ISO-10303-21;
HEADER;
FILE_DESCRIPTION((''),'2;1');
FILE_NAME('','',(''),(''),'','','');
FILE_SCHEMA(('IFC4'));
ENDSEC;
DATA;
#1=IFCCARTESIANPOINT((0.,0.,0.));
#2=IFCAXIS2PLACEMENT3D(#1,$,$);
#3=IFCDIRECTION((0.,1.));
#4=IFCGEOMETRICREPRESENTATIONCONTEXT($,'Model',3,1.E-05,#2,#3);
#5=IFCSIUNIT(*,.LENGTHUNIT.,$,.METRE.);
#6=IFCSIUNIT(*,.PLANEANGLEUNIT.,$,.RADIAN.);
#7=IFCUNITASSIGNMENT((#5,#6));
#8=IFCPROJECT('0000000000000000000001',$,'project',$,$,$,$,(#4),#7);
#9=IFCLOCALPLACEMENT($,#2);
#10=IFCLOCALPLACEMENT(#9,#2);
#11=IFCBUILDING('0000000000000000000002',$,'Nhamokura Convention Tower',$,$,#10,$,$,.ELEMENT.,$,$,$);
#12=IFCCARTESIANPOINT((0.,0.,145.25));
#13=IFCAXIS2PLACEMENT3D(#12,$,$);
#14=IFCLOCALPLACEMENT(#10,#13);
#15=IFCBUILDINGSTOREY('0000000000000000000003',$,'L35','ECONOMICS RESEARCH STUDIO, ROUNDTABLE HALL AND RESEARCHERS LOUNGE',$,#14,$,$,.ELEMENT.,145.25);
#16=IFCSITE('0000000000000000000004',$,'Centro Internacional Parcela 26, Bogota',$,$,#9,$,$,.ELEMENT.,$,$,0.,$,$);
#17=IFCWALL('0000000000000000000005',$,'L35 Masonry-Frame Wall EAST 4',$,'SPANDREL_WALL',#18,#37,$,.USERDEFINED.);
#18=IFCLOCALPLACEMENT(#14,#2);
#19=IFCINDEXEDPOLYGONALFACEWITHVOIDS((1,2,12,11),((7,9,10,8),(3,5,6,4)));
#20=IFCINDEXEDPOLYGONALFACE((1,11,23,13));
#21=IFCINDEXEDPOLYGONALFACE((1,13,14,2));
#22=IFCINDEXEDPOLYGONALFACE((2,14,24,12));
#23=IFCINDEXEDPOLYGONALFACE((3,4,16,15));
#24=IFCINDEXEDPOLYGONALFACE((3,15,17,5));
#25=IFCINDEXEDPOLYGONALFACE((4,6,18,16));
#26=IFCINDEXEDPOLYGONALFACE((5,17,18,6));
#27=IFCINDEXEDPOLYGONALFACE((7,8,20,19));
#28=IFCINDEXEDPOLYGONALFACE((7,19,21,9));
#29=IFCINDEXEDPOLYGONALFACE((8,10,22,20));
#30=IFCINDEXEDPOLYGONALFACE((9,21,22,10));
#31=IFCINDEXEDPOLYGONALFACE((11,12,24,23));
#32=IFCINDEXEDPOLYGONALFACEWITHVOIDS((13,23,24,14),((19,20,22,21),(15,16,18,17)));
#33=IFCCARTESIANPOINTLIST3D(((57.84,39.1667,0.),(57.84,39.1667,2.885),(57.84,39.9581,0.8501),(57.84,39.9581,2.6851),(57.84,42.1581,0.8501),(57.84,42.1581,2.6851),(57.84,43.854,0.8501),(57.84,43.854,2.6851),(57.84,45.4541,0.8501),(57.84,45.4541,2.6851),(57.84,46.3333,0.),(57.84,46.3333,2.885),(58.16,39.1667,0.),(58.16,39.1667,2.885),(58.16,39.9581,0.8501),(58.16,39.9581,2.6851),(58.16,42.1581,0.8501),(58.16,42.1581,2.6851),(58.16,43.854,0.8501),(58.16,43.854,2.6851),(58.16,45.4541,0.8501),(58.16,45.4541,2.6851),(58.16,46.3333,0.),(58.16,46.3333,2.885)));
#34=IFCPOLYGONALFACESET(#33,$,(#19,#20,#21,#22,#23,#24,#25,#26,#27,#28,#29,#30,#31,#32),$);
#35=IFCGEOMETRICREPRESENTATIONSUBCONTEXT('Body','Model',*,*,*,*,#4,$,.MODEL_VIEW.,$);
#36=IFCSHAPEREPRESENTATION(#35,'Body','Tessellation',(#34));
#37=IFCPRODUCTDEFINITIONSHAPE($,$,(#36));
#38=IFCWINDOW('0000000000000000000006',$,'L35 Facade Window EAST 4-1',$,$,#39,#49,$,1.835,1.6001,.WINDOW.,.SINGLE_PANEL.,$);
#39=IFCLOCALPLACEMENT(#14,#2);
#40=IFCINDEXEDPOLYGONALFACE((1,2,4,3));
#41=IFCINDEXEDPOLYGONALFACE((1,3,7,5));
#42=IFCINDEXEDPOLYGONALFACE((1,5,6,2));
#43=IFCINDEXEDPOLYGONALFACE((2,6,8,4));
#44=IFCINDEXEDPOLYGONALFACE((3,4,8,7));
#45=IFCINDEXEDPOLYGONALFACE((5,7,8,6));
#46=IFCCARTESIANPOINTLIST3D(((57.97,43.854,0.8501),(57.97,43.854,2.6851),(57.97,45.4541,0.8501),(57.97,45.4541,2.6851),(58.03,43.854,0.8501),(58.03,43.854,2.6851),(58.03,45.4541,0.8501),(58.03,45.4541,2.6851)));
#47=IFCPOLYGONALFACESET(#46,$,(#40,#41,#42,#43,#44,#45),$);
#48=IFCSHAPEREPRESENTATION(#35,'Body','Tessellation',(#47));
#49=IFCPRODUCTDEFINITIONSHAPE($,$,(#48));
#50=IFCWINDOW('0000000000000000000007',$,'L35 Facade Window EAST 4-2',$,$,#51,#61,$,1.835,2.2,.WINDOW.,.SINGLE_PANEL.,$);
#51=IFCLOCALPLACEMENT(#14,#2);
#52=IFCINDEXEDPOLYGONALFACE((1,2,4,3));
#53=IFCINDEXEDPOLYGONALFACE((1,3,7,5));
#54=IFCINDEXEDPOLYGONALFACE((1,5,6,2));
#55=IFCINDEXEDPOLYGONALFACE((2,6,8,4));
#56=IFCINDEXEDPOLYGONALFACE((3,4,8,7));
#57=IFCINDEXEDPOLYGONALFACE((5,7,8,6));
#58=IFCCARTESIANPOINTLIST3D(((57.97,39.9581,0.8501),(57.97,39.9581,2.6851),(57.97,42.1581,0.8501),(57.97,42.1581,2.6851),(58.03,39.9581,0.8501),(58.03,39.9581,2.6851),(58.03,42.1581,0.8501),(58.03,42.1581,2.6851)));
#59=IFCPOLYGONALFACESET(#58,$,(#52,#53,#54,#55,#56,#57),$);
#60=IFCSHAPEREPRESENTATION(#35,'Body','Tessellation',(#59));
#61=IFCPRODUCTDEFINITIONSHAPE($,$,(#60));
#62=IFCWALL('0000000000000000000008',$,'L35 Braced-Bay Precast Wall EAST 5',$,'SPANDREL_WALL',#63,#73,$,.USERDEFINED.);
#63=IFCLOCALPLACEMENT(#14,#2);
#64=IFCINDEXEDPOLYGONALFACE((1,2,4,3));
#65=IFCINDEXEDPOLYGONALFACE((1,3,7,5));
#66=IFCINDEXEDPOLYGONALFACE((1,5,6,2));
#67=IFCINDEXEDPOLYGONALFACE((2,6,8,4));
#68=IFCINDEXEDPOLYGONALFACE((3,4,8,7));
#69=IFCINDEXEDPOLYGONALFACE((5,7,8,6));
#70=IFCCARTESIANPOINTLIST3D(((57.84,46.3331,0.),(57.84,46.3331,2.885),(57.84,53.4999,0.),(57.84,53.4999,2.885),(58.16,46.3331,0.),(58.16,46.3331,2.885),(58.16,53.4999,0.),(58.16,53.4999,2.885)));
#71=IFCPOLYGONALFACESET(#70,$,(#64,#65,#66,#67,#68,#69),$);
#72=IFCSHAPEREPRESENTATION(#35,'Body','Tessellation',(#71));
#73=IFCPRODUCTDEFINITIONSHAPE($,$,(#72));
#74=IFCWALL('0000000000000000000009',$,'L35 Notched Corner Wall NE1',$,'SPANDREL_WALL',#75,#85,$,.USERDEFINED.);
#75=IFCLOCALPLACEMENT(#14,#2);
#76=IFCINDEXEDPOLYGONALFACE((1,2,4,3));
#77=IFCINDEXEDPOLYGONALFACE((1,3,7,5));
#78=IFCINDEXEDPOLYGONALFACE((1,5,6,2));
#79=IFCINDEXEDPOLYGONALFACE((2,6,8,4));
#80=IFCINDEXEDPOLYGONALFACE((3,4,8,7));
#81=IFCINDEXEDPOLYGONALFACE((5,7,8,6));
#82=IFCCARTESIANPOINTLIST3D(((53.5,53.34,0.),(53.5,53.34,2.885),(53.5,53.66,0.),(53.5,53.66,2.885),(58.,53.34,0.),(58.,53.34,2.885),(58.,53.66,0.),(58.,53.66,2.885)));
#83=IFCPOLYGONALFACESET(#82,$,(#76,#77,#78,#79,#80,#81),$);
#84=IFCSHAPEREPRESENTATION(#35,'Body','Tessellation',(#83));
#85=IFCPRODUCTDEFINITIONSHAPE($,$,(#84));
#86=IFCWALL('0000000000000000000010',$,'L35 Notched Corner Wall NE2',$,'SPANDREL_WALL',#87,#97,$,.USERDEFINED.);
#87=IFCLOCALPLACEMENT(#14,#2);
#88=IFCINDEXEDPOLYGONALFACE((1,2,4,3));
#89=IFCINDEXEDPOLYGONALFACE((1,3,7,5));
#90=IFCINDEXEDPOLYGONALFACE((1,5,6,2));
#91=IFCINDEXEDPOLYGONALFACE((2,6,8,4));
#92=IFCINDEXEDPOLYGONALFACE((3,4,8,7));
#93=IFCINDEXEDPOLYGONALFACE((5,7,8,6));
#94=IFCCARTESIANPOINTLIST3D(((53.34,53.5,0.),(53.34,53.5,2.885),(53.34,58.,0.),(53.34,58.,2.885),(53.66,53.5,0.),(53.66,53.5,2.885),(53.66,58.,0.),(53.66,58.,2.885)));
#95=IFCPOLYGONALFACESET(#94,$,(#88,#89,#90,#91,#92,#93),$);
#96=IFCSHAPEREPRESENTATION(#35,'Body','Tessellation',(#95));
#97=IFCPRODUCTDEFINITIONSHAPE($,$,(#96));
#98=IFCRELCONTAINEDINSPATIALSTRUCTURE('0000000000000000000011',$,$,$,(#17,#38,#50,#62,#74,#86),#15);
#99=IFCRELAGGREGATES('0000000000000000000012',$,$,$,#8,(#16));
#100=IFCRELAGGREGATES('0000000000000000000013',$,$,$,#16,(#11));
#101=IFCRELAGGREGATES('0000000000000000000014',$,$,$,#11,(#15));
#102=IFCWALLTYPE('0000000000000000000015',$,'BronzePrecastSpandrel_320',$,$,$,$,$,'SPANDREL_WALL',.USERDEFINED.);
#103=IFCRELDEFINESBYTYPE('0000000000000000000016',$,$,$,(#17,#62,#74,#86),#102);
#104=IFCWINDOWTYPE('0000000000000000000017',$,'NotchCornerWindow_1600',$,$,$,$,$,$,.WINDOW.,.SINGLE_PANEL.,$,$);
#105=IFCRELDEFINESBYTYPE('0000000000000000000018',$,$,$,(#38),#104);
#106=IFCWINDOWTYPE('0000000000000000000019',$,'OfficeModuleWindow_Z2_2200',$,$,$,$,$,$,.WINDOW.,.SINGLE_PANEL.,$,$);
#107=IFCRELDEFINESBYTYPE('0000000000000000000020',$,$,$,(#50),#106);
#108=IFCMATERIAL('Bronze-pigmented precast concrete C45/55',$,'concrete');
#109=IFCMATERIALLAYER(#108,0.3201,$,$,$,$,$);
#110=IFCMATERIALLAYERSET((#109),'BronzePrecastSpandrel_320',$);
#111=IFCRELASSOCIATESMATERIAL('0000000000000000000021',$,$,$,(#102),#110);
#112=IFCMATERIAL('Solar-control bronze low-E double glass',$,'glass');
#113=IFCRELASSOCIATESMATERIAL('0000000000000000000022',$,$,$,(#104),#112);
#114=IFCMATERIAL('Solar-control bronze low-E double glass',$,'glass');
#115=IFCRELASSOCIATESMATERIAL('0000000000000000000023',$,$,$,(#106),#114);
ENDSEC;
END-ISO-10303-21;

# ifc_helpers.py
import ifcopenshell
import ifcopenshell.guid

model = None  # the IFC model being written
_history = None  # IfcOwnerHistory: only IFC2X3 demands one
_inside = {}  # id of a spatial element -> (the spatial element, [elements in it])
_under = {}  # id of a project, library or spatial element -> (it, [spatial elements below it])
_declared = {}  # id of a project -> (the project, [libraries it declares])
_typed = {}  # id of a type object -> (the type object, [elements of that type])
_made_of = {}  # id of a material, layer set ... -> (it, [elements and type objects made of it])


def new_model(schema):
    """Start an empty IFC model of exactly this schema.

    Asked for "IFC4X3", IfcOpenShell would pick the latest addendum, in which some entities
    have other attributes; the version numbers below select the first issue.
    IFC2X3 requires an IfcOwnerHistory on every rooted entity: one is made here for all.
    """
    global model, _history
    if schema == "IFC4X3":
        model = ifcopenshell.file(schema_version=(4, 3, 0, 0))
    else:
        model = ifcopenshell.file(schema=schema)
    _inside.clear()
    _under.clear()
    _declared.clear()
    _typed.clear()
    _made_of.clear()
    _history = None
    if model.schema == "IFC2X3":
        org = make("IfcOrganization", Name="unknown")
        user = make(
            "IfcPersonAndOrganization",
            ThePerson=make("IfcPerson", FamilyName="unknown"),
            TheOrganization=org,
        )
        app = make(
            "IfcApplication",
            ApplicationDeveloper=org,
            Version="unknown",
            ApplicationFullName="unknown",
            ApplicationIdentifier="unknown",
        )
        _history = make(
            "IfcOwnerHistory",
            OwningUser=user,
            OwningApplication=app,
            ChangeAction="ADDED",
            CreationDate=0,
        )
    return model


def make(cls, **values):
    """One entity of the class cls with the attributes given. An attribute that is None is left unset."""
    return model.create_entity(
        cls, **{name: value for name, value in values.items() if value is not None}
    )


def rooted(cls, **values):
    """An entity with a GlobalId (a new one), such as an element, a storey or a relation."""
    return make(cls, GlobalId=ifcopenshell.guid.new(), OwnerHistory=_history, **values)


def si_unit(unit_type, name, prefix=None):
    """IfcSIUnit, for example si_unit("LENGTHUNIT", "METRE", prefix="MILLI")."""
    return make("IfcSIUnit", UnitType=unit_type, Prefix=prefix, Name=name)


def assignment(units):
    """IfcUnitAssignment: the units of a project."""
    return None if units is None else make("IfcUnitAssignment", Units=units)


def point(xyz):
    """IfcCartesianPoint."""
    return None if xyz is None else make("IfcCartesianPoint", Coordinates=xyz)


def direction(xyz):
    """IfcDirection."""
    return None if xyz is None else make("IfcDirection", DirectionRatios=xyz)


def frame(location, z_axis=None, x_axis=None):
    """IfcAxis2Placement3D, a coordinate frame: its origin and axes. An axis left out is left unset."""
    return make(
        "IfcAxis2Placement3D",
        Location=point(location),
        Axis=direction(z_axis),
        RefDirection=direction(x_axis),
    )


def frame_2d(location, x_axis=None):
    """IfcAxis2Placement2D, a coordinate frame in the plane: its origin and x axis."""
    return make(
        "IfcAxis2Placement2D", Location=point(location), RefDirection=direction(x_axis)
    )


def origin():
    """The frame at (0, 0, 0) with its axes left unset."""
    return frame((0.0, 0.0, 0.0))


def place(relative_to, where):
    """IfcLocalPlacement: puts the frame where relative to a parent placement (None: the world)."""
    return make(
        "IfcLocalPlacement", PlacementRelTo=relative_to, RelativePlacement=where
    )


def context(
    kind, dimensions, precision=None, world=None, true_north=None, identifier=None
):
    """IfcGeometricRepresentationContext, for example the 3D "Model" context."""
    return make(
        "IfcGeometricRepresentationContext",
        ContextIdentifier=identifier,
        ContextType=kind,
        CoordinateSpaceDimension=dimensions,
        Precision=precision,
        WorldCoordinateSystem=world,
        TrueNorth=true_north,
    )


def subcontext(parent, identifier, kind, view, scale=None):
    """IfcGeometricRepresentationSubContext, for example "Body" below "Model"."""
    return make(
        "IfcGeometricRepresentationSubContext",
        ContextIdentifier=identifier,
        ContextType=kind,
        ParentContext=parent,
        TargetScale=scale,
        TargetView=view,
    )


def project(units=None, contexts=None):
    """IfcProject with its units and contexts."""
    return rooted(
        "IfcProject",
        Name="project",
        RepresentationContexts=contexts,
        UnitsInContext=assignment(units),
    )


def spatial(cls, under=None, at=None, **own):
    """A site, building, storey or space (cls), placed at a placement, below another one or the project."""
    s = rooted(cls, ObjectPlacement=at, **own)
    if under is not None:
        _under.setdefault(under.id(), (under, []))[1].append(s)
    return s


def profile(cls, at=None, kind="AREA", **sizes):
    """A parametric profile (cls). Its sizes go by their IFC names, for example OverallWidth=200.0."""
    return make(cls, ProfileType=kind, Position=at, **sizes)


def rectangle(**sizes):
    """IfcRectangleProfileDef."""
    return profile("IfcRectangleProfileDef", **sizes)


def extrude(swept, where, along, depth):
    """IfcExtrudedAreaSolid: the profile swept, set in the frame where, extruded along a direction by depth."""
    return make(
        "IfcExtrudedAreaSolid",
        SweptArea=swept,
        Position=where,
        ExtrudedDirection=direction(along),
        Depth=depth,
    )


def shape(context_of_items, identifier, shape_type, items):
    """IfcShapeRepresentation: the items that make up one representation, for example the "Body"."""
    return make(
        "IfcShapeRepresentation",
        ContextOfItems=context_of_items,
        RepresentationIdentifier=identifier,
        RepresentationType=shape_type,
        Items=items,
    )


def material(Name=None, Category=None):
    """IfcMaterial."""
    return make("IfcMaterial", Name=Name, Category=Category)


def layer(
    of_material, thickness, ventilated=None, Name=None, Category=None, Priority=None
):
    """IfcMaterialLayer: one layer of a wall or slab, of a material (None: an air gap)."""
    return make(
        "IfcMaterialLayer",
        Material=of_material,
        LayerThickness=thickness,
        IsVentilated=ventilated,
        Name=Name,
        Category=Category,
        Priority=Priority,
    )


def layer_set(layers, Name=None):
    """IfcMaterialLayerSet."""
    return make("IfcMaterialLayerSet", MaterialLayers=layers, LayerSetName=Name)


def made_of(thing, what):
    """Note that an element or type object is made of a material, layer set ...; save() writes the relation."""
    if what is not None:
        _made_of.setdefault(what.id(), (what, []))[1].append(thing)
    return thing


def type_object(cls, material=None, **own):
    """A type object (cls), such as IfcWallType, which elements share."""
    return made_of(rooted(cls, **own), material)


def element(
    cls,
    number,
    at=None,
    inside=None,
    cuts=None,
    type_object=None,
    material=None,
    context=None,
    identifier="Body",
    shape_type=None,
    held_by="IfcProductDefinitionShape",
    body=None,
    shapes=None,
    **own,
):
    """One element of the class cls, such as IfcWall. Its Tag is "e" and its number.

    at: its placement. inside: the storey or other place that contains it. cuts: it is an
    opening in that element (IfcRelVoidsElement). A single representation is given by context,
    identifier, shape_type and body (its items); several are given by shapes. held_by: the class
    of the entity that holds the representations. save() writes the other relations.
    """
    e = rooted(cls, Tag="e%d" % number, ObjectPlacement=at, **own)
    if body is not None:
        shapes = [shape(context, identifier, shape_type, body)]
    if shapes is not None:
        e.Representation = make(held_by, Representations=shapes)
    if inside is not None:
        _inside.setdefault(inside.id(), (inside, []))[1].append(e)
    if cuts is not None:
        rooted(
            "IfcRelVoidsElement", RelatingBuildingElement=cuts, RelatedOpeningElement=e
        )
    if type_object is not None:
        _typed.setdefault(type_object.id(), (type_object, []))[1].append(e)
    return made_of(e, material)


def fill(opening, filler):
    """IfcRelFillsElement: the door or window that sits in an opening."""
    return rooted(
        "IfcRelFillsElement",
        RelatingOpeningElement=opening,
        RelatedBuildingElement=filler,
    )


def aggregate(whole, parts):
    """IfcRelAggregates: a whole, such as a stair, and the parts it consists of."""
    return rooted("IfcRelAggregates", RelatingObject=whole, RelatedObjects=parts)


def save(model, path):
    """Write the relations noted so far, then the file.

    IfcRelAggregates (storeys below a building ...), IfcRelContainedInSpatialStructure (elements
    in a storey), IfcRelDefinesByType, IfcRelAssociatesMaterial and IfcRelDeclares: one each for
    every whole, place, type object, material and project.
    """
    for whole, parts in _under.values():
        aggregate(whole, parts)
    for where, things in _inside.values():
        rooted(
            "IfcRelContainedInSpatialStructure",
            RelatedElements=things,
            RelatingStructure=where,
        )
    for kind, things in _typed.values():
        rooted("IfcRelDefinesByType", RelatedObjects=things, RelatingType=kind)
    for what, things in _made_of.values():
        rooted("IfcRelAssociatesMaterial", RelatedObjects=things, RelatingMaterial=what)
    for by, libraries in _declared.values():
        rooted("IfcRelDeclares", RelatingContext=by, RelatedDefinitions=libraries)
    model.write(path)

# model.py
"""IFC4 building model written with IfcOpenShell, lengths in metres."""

from ifc_helpers import new_model, si_unit, direction, frame, frame_2d, origin, place, context, subcontext, project, spatial, rectangle, extrude, material, layer, layer_set, type_object, element, fill, save


model = new_model("IFC4")

# Units and contexts
model_context = context("Model", 3, precision=1e-05, world=origin(), true_north=direction((0.0, 1.0)))
body_context = subcontext(model_context, "Body", "Model", "MODEL_VIEW")
ifc_project = project(units=[si_unit("LENGTHUNIT", "METRE"), si_unit("PLANEANGLEUNIT", "RADIAN")], contexts=[model_context])

# Site, building, storey
site_placement = place(None, origin())
site = spatial("IfcSite", under=ifc_project, at=site_placement, Name="Centro Internacional Parcela 26, Bogota", CompositionType="ELEMENT", RefElevation=0.0)
building_placement = place(site_placement, origin())
building = spatial("IfcBuilding", under=site, at=building_placement, Name="Nhamokura Convention Tower", CompositionType="ELEMENT")
storey_placement = place(building_placement, frame((0.0, 0.0, 145.25)))
storey = spatial("IfcBuildingStorey", under=building, at=storey_placement, Name="L35", Description="ECONOMICS RESEARCH STUDIO, ROUNDTABLE HALL AND RESEARCHERS LOUNGE", CompositionType="ELEMENT", Elevation=145.25)

# Shared definitions
ifc_material_1 = material(Name="Bronze-pigmented precast concrete C45/55", Category="concrete")
ifc_layer = layer(ifc_material_1, 0.3201)
ifc_layer_set = layer_set([ifc_layer], Name="BronzePrecastSpandrel_320")
wall_type = type_object("IfcWallType", Name="BronzePrecastSpandrel_320", ElementType="SPANDREL_WALL", PredefinedType="USERDEFINED", material=ifc_layer_set)

# Wall, openings, windows
wall_1_placement = place(storey_placement, frame((58.0, 46.3333, 0.0), z_axis=(0.0, 0.0, 1.0), x_axis=(0.0, -1.0, 0.0)))
wall_1 = element("IfcWall", 1, at=wall_1_placement, inside=storey, type_object=wall_type, Name="L35 Masonry-Frame Wall EAST 4", ObjectType="SPANDREL_WALL", PredefinedType="USERDEFINED", context=body_context, shape_type="SweptSolid", body=[
    extrude(rectangle(XDim=7.1665, YDim=0.3201, at=frame_2d((3.5833, 0.0))), origin(), (0.0, 0.0, 1.0), 2.885),
])
opening_1_placement = place(wall_1_placement, frame((0.8792, 0.0, 0.8501)))
opening_1 = element("IfcOpeningElement", 2, at=opening_1_placement, cuts=wall_1, PredefinedType="OPENING", context=body_context, shape_type="SweptSolid", body=[
    extrude(rectangle(XDim=1.6001, YDim=1.835, at=frame_2d((0.8, 0.9175))), frame((0.0, 0.1699, 0.0), z_axis=(0.0, -1.0, 0.0), x_axis=(1.0, 0.0, 0.0)), (0.0, 0.0, 1.0), 0.3401),
])
opening_2_placement = place(wall_1_placement, frame((4.175, 0.0, 0.8501)))
opening_2 = element("IfcOpeningElement", 3, at=opening_2_placement, cuts=wall_1, PredefinedType="OPENING", context=body_context, shape_type="SweptSolid", body=[
    extrude(rectangle(XDim=2.2, YDim=1.835, at=frame_2d((1.1001, 0.9175))), frame((0.0, 0.1699, 0.0), z_axis=(0.0, -1.0, 0.0), x_axis=(1.0, 0.0, 0.0)), (0.0, 0.0, 1.0), 0.3401),
])
ifc_material_2 = material(Name="Solar-control bronze low-E double glass", Category="glass")
window_type_1 = type_object("IfcWindowType", Name="NotchCornerWindow_1600", PartitioningType="SINGLE_PANEL", PredefinedType="WINDOW", material=ifc_material_2)
window_1_placement = place(opening_1_placement, origin())
window_1 = element("IfcWindow", 4, at=window_1_placement, inside=storey, type_object=window_type_1, Name="L35 Facade Window EAST 4-1", OverallHeight=1.835, OverallWidth=1.6001, PartitioningType="SINGLE_PANEL", PredefinedType="WINDOW", context=body_context, shape_type="SweptSolid", body=[
    extrude(rectangle(XDim=1.6001, YDim=1.835, at=frame_2d((0.8, 0.9175))), frame((0.0, 0.03, 0.0), z_axis=(0.0, -1.0, 0.0), x_axis=(1.0, 0.0, 0.0)), (0.0, 0.0, 1.0), 0.0601),
])
fill(opening_1, window_1)
ifc_material_3 = material(Name="Solar-control bronze low-E double glass", Category="glass")
window_type_2 = type_object("IfcWindowType", Name="OfficeModuleWindow_Z2_2200", PartitioningType="SINGLE_PANEL", PredefinedType="WINDOW", material=ifc_material_3)
window_2_placement = place(opening_2_placement, origin())
window_2 = element("IfcWindow", 5, at=window_2_placement, inside=storey, type_object=window_type_2, Name="L35 Facade Window EAST 4-2", OverallHeight=1.835, OverallWidth=2.2, PartitioningType="SINGLE_PANEL", PredefinedType="WINDOW", context=body_context, shape_type="SweptSolid", body=[
    extrude(rectangle(XDim=2.2, YDim=1.835, at=frame_2d((1.1001, 0.9175))), frame((0.0, 0.03, 0.0), z_axis=(0.0, -1.0, 0.0), x_axis=(1.0, 0.0, 0.0)), (0.0, 0.0, 1.0), 0.0601),
])
fill(opening_2, window_2)

# Walls
wall_2_placement = place(storey_placement, frame((58.0, 53.5, 0.0), z_axis=(0.0, 0.0, 1.0), x_axis=(0.0, -1.0, 0.0)))
element("IfcWall", 6, at=wall_2_placement, inside=storey, type_object=wall_type, Name="L35 Braced-Bay Precast Wall EAST 5", ObjectType="SPANDREL_WALL", PredefinedType="USERDEFINED", context=body_context, shape_type="SweptSolid", body=[
    extrude(rectangle(XDim=7.1667, YDim=0.3201, at=frame_2d((3.5835, 0.0))), origin(), (0.0, 0.0, 1.0), 2.885),
])
for number, where, z_axis, x_axis, name in (
    (7, (53.5, 53.5, 0.0), (0.0, 0.0, 1.0), (1.0, 0.0, 0.0), "L35 Notched Corner Wall NE1"),
    (8, (53.5, 58.0, 0.0), (0.0, 0.0, 1.0), (0.0, -1.0, 0.0), "L35 Notched Corner Wall NE2"),
):
    element("IfcWall", number, at=place(storey_placement, frame(where, z_axis=z_axis, x_axis=x_axis)), inside=storey, type_object=wall_type, Name=name, ObjectType="SPANDREL_WALL", PredefinedType="USERDEFINED", context=body_context, shape_type="SweptSolid", body=[
        extrude(rectangle(XDim=4.5, YDim=0.3201, at=frame_2d((2.25, 0.0))), origin(), (0.0, 0.0, 1.0), 2.885),
    ])

save(model, "model.ifc")
